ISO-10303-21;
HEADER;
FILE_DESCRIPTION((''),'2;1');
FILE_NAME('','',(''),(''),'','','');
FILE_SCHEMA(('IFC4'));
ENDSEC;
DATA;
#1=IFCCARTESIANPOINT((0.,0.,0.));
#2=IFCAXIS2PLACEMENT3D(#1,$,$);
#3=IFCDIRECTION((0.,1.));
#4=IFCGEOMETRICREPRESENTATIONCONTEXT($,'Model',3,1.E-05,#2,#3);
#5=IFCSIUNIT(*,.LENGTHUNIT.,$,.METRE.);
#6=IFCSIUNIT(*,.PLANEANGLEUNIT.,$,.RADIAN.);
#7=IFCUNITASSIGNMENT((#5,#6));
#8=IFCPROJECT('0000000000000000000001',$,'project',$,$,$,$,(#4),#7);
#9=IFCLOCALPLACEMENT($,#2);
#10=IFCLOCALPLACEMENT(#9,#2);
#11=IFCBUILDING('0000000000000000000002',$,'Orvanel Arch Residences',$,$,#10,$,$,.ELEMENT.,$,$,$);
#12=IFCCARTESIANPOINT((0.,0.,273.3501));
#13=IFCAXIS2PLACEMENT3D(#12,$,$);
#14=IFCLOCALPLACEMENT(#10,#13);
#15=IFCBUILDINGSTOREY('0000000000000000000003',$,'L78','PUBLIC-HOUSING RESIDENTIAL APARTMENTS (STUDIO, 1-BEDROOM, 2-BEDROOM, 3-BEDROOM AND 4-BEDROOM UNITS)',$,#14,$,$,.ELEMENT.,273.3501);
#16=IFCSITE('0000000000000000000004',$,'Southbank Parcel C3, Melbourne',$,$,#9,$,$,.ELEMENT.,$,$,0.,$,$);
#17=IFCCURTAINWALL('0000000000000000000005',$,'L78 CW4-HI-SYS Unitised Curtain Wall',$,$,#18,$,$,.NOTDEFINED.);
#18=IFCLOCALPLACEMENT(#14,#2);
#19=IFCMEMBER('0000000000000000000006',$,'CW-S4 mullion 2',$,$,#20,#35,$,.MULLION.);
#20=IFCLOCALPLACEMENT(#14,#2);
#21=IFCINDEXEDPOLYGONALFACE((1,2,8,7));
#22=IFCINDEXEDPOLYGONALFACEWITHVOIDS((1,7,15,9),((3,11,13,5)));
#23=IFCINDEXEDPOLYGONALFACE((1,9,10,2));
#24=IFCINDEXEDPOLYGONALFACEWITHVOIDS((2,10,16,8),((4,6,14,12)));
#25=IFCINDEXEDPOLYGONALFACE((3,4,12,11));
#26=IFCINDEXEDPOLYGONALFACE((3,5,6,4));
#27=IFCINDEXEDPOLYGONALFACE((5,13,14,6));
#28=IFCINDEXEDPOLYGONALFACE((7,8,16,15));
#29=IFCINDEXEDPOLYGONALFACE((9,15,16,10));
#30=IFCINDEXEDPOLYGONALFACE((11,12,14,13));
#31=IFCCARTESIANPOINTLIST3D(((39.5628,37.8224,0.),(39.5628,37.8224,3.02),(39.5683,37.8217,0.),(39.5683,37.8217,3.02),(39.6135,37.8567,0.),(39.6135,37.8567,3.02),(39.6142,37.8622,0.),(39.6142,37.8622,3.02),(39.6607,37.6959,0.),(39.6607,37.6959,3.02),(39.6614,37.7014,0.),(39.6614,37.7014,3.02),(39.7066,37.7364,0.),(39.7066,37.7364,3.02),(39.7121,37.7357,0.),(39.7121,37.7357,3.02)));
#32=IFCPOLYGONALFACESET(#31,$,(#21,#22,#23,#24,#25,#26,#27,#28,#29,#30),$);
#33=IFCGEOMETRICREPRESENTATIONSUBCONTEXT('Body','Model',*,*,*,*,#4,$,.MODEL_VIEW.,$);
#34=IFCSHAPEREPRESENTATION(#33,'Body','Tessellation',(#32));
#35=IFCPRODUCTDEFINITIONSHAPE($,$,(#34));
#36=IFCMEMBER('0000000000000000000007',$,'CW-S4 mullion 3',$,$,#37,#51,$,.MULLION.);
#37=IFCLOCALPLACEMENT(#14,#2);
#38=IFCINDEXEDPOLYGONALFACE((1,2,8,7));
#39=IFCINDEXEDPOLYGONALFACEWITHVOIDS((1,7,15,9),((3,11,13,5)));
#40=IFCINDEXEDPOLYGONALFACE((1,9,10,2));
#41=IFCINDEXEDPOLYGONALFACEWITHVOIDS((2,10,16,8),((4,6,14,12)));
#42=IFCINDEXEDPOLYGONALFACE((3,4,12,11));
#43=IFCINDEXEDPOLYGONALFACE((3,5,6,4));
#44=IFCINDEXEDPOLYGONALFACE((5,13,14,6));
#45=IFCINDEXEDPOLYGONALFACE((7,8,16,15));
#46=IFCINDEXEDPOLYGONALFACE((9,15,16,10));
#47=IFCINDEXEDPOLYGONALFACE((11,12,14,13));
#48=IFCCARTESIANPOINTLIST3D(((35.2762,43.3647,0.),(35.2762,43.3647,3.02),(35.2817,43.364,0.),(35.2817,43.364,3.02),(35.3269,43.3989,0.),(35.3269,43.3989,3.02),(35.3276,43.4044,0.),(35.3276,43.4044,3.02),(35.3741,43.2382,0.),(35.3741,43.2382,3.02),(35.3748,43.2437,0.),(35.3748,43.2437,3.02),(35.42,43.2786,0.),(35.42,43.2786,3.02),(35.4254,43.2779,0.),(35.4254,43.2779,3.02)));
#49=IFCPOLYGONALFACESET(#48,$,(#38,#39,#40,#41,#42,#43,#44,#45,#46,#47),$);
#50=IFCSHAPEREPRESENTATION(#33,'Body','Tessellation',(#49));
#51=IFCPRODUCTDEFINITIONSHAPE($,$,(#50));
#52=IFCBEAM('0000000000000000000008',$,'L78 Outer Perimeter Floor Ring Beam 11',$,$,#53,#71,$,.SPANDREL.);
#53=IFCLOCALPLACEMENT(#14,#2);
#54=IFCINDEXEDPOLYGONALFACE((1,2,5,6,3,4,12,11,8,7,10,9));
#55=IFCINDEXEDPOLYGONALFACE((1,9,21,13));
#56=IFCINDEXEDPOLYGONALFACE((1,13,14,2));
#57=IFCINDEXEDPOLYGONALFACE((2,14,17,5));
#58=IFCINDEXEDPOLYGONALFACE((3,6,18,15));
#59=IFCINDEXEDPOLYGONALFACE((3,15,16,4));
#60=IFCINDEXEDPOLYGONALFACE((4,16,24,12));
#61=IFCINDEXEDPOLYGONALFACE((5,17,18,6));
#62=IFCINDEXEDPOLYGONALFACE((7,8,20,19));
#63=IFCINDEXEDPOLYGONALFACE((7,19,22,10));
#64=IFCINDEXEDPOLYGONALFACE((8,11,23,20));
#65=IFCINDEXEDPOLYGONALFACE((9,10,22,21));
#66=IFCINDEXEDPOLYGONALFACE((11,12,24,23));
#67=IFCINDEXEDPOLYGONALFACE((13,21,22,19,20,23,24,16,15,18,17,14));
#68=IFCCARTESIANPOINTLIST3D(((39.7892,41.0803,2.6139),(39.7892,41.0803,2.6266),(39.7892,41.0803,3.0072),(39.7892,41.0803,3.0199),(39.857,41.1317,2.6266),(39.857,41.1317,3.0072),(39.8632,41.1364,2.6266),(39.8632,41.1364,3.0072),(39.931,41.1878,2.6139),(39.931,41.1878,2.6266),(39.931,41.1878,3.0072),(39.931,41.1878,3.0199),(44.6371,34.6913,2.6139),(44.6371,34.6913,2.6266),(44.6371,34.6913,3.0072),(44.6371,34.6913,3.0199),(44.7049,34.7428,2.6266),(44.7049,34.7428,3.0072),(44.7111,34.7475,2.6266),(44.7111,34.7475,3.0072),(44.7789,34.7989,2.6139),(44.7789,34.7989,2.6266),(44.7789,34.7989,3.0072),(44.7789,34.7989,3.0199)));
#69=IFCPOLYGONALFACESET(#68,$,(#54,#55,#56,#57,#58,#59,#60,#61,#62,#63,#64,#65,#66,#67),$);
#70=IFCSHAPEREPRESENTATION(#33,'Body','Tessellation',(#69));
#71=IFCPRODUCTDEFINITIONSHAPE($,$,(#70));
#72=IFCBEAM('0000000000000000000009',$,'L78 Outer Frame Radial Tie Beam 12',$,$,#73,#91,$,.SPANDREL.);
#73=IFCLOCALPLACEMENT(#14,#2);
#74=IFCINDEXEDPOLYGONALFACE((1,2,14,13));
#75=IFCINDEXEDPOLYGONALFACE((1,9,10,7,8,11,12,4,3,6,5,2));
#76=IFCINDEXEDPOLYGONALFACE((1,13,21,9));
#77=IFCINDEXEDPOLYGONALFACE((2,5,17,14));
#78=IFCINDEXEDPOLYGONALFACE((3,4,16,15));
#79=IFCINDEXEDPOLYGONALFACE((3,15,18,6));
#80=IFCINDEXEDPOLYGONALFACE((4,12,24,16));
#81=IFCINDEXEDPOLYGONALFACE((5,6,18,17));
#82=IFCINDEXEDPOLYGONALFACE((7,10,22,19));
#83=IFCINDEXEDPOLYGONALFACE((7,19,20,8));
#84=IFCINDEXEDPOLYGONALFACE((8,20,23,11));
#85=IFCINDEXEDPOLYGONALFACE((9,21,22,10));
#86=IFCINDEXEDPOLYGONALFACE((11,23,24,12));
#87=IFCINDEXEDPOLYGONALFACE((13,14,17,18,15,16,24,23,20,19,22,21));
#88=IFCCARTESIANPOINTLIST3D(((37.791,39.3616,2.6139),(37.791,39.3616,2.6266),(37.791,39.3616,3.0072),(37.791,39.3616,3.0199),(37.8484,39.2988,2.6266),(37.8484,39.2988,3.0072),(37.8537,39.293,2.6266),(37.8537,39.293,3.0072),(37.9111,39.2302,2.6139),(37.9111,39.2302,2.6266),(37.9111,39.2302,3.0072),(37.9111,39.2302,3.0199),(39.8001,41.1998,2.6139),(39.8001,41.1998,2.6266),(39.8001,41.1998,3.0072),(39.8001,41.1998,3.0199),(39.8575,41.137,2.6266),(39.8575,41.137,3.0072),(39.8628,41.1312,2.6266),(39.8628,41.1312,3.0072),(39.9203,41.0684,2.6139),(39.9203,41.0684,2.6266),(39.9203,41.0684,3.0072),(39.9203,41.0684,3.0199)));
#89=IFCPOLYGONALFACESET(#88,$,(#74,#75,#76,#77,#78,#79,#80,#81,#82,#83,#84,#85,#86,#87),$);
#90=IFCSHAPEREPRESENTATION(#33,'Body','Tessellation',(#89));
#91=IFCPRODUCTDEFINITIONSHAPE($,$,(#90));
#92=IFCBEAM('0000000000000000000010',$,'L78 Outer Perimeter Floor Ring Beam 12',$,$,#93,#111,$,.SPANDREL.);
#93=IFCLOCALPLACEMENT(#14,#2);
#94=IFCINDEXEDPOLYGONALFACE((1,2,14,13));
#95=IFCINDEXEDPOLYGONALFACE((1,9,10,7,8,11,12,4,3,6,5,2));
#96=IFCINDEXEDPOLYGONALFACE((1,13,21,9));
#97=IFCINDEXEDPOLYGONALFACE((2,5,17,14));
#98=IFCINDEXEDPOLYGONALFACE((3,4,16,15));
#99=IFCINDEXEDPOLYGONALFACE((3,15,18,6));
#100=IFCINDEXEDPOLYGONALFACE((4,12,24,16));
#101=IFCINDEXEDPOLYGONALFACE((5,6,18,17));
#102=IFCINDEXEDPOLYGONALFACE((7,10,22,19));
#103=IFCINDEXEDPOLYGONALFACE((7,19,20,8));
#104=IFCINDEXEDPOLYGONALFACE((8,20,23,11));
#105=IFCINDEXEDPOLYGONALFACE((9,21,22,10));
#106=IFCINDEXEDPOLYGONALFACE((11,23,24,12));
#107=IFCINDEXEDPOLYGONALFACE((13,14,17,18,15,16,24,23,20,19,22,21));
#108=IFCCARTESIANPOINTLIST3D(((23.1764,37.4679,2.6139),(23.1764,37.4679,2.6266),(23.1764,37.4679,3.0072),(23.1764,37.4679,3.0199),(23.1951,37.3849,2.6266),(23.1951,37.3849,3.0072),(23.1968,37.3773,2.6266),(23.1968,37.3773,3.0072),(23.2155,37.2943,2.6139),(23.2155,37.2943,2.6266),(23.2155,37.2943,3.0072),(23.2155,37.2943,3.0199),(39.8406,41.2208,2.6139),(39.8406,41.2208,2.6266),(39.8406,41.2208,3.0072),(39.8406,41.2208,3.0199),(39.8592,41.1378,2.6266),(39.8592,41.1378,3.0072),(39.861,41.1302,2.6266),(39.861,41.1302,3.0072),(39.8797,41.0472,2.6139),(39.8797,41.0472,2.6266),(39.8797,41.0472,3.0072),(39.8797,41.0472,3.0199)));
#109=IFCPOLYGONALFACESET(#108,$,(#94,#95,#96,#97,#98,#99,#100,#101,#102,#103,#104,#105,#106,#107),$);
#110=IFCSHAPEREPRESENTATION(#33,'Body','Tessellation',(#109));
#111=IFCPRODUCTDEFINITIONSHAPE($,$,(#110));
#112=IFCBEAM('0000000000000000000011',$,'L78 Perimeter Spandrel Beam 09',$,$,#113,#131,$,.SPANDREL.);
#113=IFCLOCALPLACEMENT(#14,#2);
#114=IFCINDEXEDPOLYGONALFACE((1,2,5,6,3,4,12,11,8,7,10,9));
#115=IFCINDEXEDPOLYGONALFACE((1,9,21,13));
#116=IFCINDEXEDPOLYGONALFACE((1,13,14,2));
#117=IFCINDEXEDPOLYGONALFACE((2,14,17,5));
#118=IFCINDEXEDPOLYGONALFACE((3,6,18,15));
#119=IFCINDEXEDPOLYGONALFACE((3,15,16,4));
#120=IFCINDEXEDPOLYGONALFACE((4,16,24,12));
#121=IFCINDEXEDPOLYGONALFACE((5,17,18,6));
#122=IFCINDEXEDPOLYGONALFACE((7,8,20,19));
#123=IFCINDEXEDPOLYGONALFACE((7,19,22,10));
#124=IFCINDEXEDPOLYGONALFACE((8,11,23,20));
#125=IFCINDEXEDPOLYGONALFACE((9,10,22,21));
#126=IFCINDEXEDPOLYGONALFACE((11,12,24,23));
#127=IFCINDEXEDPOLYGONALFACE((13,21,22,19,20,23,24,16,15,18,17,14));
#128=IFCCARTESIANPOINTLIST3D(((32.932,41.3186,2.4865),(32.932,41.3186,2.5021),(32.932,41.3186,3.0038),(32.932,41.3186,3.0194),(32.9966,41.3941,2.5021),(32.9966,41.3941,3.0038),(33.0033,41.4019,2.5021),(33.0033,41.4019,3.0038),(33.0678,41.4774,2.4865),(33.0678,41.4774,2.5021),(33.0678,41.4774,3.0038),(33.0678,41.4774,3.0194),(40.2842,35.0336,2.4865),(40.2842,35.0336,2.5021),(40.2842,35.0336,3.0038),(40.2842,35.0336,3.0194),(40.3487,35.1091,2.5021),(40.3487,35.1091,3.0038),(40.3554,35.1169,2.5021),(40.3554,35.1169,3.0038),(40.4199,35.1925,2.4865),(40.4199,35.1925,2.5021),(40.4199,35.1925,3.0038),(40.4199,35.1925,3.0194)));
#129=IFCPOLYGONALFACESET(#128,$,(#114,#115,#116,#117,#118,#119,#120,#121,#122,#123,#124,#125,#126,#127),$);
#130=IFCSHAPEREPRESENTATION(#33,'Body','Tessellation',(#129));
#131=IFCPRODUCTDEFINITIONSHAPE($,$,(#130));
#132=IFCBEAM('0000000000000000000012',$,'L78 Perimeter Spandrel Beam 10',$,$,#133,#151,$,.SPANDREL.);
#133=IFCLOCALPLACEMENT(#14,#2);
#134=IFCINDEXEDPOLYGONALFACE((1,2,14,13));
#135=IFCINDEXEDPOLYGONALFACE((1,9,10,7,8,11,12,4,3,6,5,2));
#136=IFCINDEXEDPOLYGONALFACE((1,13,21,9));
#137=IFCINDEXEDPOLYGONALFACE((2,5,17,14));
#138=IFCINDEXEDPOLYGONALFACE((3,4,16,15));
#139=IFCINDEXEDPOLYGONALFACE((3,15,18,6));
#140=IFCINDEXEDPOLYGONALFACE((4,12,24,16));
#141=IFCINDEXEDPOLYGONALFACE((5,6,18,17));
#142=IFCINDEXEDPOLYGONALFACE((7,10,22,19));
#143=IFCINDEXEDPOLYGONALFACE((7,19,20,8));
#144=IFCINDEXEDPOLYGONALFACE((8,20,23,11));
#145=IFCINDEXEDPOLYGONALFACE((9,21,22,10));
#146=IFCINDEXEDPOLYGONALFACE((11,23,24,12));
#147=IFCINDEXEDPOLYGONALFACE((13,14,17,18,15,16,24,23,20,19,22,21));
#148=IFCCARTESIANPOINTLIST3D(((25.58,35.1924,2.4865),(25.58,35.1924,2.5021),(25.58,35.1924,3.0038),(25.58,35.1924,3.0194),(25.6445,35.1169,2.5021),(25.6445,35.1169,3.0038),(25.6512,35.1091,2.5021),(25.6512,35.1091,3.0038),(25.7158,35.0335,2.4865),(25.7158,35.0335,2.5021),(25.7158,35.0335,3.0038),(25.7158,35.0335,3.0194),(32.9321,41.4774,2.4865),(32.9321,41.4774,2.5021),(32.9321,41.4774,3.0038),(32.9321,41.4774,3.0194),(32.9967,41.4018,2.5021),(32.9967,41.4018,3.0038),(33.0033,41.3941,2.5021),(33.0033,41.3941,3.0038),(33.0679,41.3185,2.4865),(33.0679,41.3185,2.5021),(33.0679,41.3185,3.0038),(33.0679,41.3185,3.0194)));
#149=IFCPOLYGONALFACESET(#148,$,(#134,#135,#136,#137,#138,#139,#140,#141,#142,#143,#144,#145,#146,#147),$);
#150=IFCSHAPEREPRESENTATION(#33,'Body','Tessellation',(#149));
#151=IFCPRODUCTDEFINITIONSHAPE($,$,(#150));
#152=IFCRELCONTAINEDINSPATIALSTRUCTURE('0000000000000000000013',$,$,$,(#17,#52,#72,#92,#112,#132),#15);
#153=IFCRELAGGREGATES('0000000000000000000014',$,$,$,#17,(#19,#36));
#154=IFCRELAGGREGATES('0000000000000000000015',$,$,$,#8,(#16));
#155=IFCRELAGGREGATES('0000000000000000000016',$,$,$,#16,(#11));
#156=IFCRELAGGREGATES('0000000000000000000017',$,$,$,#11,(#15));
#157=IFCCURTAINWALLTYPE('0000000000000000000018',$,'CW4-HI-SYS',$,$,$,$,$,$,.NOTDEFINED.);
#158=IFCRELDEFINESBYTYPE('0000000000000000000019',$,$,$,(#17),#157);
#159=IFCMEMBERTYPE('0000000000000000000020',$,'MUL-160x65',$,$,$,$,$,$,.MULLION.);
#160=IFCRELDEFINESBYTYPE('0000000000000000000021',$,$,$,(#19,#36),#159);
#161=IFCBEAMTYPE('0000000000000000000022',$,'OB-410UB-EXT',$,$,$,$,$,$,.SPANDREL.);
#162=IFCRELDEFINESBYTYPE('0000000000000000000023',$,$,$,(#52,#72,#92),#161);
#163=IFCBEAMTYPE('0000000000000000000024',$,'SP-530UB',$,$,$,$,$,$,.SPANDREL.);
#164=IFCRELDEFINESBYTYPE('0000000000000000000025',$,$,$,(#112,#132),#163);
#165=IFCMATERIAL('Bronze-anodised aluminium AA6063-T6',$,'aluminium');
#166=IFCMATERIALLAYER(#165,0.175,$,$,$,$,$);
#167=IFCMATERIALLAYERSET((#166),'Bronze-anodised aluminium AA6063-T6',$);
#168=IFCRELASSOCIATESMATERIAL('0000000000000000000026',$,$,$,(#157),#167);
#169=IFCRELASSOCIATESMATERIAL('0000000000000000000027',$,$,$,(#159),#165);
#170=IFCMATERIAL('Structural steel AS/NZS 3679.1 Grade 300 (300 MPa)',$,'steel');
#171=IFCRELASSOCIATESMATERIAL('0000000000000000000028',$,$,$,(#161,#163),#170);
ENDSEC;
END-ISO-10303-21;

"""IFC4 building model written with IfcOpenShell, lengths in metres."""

from ifc_helpers import new_model, si_unit, direction, frame, origin, origin_2d, place, context, subcontext, project, spatial, hollow_rectangle, i_section, extrude, material, layer, layer_set, material_profile, profile_set, type_object, element, aggregate, save


model = new_model("IFC4")

# Units and contexts
model_context = context("Model", 3, precision=1e-05, world=origin(), true_north=direction((0.0, 1.0)))
body_context = subcontext(model_context, "Body", "Model", "MODEL_VIEW")
ifc_project = project(units=[si_unit("LENGTHUNIT", "METRE"), si_unit("PLANEANGLEUNIT", "RADIAN")], contexts=[model_context])

# Site, building, storey
site_placement = place(None, origin())
site = spatial("IfcSite", under=ifc_project, at=site_placement, Name="Southbank Parcel C3, Melbourne", CompositionType="ELEMENT", RefElevation=0.0)
building_placement = place(site_placement, origin())
building = spatial("IfcBuilding", under=site, at=building_placement, Name="Orvanel Arch Residences", CompositionType="ELEMENT")
storey_placement = place(building_placement, frame((0.0, 0.0, 273.3501)))
storey = spatial("IfcBuildingStorey", under=building, at=storey_placement, Name="L78", Description="PUBLIC-HOUSING RESIDENTIAL APARTMENTS (STUDIO, 1-BEDROOM, 2-BEDROOM, 3-BEDROOM AND 4-BEDROOM UNITS)", CompositionType="ELEMENT", Elevation=273.3501)

# Shared definitions
ifc_material_1 = material(Name="Structural steel AS/NZS 3679.1 Grade 300 (300 MPa)", Category="steel")

# Curtain wall, members
ifc_material_2 = material(Name="Bronze-anodised aluminium AA6063-T6", Category="aluminium")
ifc_layer_1 = layer(ifc_material_2, 0.175)
ifc_layer_set_1 = layer_set([ifc_layer_1], Name="Bronze-anodised aluminium AA6063-T6")
curtain_wall_type_1 = type_object("IfcCurtainWallType", Name="CW4-HI-SYS", PredefinedType="NOTDEFINED", material=ifc_layer_set_1)
curtain_wall_1_placement = place(storey_placement, origin())
curtain_wall_1 = element("IfcCurtainWall", 1, at=curtain_wall_1_placement, inside=storey, type_object=curtain_wall_type_1, Name="L78 CW4-HI-SYS Unitised Curtain Wall", PredefinedType="NOTDEFINED")
ifc_material_profile_1 = material_profile(ifc_material_2, hollow_rectangle(XDim=0.0649, YDim=0.1599, WallThickness=0.0039, at=origin_2d()), Name="ALU160x65x4")
ifc_profile_set_1 = profile_set([ifc_material_profile_1], Name="Bronze-anodised aluminium AA6063-T6")
member_type_1 = type_object("IfcMemberType", Name="MUL-160x65", PredefinedType="MULLION", material=ifc_profile_set_1)
member_1_placement = place(storey_placement, frame((39.6375, 37.7791, 0.0), z_axis=(0.0, 0.0, 1.0), x_axis=(-0.791013, -0.611799, 0.0)))
member_1 = element("IfcMember", 2, at=member_1_placement, type_object=member_type_1, Name="CW-S4 mullion 2", PredefinedType="MULLION", context=body_context, shape_type="SweptSolid", body=[
    extrude(hollow_rectangle(XDim=0.0649, YDim=0.1599, WallThickness=0.0039, at=origin_2d()), origin(), (0.0, 0.0, 1.0), 3.02),
])
member_2_placement = place(storey_placement, frame((35.3508, 43.3213, 0.0), z_axis=(0.0, 0.0, 1.0), x_axis=(-0.791013, -0.611799, 0.0)))
member_2 = element("IfcMember", 3, at=member_2_placement, type_object=member_type_1, Name="CW-S4 mullion 3", PredefinedType="MULLION", context=body_context, shape_type="SweptSolid", body=[
    extrude(hollow_rectangle(XDim=0.0649, YDim=0.1599, WallThickness=0.0039, at=origin_2d()), origin(), (0.0, 0.0, 1.0), 3.02),
])

# Beams
ifc_material_profile_2 = material_profile(ifc_material_1, i_section(OverallWidth=0.178, OverallDepth=0.406, WebThickness=0.0078, FlangeThickness=0.0127, at=origin_2d()), Name="410UB59.7")
ifc_profile_set_2 = profile_set([ifc_material_profile_2], Name="Structural steel AS/NZS 3679.1 Grade 300 (300 MPa)")
beam_type_1 = type_object("IfcBeamType", Name="OB-410UB-EXT", PredefinedType="SPANDREL", material=ifc_profile_set_2)
beam_1_placement = place(storey_placement, frame((44.708, 34.7451, 2.8169), z_axis=(-0.604476, 0.796623, 0.0), x_axis=(-0.796623, -0.604476, 0.0)))
element("IfcBeam", 4, at=beam_1_placement, inside=storey, type_object=beam_type_1, Name="L78 Outer Perimeter Floor Ring Beam 11", PredefinedType="SPANDREL", context=body_context, shape_type="SweptSolid", body=[
    extrude(i_section(OverallWidth=0.178, OverallDepth=0.406, WebThickness=0.0078, FlangeThickness=0.0127, at=origin_2d()), origin(), (0.0, 0.0, 1.0), 8.02),
])
beam_2_placement = place(storey_placement, frame((37.8511, 39.2959, 2.8169), z_axis=(0.73779, 0.67503, 0.0), x_axis=(-0.67503, 0.73779, 0.0)))
element("IfcBeam", 5, at=beam_2_placement, inside=storey, type_object=beam_type_1, Name="L78 Outer Frame Radial Tie Beam 12", PredefinedType="SPANDREL", context=body_context, shape_type="SweptSolid", body=[
    extrude(i_section(OverallWidth=0.178, OverallDepth=0.406, WebThickness=0.0078, FlangeThickness=0.0127, at=origin_2d()), origin(), (0.0, 0.0, 1.0), 2.7231),
])
beam_3_placement = place(storey_placement, frame((39.8601, 41.134, 2.8169), z_axis=(-0.975566, -0.219708, 0.0), x_axis=(0.219708, -0.975566, 0.0)))
element("IfcBeam", 6, at=beam_3_placement, inside=storey, type_object=beam_type_1, Name="L78 Outer Perimeter Floor Ring Beam 12", PredefinedType="SPANDREL", context=body_context, shape_type="SweptSolid", body=[
    extrude(i_section(OverallWidth=0.178, OverallDepth=0.406, WebThickness=0.0078, FlangeThickness=0.0127, at=origin_2d()), origin(), (0.0, 0.0, 1.0), 17.0815),
])
ifc_material_profile_3 = material_profile(ifc_material_1, i_section(OverallWidth=0.209, OverallDepth=0.533, WebThickness=0.0103, FlangeThickness=0.0156, at=origin_2d()), Name="530UB92.4")
ifc_profile_set_3 = profile_set([ifc_material_profile_3], Name="Structural steel AS/NZS 3679.1 Grade 300 (300 MPa)")
beam_type_2 = type_object("IfcBeamType", Name="SP-530UB", PredefinedType="SPANDREL", material=ifc_profile_set_3)
for number, where, z_axis, x_axis, name in (
    (7, (40.3521, 35.113, 2.7529), (-0.760117, 0.649787, 0.0), (-0.649787, -0.760117, 0.0), "L78 Perimeter Spandrel Beam 09"),
    (8, (33.0, 41.3979, 2.7529), (-0.760117, -0.649787, 0.0), (0.649787, -0.760117, 0.0), "L78 Perimeter Spandrel Beam 10"),
):
    element("IfcBeam", number, at=place(storey_placement, frame(where, z_axis=z_axis, x_axis=x_axis)), inside=storey, type_object=beam_type_2, Name=name, PredefinedType="SPANDREL", context=body_context, shape_type="SweptSolid", body=[
        extrude(i_section(OverallWidth=0.209, OverallDepth=0.533, WebThickness=0.0103, FlangeThickness=0.0156, at=origin_2d()), origin(), (0.0, 0.0, 1.0), 9.6724),
    ])

aggregate(curtain_wall_1, [member_1, member_2])

save(model, "model.ifc")
